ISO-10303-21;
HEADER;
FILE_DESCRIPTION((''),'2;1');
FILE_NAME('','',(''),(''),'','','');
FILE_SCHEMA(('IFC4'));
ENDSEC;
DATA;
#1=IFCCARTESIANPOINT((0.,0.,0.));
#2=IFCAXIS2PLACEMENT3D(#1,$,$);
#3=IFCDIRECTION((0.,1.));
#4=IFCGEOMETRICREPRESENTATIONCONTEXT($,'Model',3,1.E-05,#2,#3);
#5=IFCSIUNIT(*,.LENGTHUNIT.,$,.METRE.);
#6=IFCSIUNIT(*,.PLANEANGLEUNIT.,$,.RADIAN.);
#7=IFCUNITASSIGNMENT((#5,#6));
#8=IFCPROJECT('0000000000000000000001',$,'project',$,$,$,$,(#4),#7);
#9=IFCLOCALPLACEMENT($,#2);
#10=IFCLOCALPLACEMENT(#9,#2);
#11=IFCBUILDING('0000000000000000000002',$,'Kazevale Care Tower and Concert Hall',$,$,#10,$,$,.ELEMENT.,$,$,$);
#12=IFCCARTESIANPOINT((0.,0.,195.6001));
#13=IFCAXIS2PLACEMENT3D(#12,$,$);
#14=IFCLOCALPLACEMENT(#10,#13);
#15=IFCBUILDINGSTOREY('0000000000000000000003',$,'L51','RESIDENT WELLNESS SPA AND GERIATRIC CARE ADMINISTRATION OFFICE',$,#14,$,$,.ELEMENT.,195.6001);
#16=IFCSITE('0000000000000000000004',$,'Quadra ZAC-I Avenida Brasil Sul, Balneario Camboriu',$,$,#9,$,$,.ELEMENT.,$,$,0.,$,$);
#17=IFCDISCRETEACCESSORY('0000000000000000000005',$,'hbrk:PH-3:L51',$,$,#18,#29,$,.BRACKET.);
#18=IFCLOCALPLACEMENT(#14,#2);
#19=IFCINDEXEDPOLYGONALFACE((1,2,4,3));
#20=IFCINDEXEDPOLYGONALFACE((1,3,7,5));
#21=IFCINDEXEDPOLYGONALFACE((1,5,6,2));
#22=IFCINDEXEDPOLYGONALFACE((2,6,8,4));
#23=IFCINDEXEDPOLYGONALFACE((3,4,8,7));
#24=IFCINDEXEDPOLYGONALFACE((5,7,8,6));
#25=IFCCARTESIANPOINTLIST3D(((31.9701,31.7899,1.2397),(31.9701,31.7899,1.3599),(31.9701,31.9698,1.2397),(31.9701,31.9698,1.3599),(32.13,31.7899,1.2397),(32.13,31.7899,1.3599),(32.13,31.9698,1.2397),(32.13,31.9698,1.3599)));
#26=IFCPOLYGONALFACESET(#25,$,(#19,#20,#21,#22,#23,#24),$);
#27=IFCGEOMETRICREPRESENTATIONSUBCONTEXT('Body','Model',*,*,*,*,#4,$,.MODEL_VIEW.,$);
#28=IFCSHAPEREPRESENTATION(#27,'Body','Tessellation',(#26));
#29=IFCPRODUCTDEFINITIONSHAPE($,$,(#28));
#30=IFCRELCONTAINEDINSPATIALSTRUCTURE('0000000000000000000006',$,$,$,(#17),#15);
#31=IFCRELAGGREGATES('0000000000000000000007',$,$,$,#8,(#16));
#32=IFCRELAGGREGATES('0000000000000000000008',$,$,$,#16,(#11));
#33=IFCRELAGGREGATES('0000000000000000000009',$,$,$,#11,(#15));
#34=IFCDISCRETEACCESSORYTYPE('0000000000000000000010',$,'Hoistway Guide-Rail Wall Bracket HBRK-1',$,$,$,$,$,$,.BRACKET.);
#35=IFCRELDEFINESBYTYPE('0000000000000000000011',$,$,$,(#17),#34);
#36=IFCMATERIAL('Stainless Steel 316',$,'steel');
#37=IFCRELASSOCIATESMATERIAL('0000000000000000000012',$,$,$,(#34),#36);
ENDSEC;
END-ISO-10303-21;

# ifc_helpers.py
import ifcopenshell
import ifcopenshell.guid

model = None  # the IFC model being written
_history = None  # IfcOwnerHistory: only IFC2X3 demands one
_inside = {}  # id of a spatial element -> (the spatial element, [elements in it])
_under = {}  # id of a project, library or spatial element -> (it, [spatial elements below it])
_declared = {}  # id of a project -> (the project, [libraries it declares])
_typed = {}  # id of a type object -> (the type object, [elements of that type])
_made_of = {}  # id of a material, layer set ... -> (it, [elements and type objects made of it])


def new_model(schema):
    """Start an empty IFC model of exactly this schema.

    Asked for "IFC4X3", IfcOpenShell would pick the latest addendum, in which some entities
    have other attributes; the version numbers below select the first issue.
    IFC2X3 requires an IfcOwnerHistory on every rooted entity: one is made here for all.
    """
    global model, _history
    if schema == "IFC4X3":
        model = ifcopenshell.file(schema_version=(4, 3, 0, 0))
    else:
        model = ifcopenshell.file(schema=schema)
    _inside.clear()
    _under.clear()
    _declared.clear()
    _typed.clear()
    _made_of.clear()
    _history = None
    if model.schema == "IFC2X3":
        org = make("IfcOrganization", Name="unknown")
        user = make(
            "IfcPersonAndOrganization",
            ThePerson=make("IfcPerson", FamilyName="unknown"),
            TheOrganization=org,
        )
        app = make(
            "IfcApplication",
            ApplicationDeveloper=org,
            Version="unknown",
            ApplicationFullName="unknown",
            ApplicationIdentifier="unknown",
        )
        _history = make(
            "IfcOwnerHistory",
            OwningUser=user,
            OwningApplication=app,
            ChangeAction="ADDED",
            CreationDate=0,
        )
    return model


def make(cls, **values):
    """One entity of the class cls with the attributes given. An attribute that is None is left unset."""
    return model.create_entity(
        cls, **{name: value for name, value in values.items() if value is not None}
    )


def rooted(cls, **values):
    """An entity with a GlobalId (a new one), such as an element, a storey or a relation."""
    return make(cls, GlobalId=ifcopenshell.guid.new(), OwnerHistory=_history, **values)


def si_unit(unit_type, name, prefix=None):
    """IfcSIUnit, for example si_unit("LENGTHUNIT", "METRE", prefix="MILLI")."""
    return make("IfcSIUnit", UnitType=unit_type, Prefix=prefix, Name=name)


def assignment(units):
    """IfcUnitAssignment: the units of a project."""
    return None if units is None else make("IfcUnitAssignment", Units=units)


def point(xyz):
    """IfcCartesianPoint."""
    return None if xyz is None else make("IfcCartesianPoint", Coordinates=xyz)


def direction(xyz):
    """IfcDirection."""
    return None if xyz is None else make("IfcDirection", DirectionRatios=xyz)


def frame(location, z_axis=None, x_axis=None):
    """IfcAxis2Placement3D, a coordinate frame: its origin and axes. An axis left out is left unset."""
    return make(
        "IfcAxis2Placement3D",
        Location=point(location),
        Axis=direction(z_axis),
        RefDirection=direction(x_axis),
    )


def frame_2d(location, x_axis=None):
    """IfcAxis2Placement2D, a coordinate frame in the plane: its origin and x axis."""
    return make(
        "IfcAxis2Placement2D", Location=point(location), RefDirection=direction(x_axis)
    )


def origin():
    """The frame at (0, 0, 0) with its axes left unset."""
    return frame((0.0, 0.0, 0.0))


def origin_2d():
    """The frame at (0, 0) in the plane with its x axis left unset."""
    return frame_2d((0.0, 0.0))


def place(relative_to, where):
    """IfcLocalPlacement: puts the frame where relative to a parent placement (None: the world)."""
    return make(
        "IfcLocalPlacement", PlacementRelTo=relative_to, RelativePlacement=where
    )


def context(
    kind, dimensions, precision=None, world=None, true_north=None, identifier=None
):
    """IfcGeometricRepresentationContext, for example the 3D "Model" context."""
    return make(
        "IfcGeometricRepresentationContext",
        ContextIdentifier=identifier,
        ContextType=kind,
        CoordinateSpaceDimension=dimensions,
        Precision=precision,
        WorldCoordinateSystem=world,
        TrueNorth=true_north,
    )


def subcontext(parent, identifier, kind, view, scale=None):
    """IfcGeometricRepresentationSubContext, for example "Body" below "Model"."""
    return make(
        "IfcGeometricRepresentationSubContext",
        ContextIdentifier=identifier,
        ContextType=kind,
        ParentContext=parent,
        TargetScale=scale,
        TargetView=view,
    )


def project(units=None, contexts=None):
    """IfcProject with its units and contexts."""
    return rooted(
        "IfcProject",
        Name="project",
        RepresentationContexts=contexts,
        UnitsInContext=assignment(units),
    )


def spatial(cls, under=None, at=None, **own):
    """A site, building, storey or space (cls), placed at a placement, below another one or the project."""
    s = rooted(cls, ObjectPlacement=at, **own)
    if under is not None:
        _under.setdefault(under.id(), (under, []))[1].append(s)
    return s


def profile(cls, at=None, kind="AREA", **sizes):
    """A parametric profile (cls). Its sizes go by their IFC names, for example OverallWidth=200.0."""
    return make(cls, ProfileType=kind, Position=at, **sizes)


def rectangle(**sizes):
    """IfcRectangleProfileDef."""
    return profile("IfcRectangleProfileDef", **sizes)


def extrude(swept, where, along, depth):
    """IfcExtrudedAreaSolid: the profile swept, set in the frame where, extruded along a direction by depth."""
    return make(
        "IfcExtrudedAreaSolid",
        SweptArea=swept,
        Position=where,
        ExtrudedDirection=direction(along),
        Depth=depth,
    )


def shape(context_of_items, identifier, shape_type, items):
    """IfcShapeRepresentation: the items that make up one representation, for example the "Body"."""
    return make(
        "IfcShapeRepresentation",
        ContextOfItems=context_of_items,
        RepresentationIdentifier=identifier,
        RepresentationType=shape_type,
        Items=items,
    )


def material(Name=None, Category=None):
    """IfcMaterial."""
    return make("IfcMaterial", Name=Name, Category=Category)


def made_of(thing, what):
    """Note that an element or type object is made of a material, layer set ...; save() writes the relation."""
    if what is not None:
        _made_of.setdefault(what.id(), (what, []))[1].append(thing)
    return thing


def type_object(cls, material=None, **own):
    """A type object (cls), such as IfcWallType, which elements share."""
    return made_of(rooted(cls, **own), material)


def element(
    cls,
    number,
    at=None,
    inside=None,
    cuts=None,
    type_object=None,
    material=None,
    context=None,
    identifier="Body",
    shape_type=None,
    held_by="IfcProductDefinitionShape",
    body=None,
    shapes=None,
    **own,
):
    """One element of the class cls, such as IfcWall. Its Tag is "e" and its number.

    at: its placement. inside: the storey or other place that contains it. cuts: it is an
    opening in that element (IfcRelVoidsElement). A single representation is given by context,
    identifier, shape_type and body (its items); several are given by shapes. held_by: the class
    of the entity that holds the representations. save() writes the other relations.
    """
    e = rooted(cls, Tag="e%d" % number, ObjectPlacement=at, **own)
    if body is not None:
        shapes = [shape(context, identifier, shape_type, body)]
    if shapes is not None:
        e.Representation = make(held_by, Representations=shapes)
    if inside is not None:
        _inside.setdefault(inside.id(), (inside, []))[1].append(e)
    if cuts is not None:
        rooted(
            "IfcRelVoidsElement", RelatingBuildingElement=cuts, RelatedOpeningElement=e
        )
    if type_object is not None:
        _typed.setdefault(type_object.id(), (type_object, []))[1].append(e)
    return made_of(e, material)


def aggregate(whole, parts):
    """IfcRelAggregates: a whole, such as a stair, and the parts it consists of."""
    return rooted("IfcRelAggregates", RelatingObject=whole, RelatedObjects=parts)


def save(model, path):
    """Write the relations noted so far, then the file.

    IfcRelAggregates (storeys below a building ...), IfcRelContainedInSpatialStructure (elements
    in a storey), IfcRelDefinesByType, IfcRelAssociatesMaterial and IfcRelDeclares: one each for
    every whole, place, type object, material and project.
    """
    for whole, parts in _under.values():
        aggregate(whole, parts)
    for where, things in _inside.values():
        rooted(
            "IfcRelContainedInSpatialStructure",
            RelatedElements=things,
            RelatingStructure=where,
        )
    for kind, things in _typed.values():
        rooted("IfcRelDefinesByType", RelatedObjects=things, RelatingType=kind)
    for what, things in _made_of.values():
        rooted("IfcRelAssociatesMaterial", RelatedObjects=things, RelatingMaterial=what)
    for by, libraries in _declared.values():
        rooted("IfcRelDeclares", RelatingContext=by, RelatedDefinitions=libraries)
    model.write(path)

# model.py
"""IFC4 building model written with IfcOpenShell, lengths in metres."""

from ifc_helpers import new_model, si_unit, direction, frame, origin, origin_2d, place, context, subcontext, project, spatial, rectangle, extrude, material, type_object, element, save


model = new_model("IFC4")

# Units and contexts
model_context = context("Model", 3, precision=1e-05, world=origin(), true_north=direction((0.0, 1.0)))
body_context = subcontext(model_context, "Body", "Model", "MODEL_VIEW")
ifc_project = project(units=[si_unit("LENGTHUNIT", "METRE"), si_unit("PLANEANGLEUNIT", "RADIAN")], contexts=[model_context])

# Site, building, storey
site_placement = place(None, origin())
site = spatial("IfcSite", under=ifc_project, at=site_placement, Name="Quadra ZAC-I Avenida Brasil Sul, Balneario Camboriu", CompositionType="ELEMENT", RefElevation=0.0)
building_placement = place(site_placement, origin())
building = spatial("IfcBuilding", under=site, at=building_placement, Name="Kazevale Care Tower and Concert Hall", CompositionType="ELEMENT")
storey_placement = place(building_placement, frame((0.0, 0.0, 195.6001)))
storey = spatial("IfcBuildingStorey", under=building, at=storey_placement, Name="L51", Description="RESIDENT WELLNESS SPA AND GERIATRIC CARE ADMINISTRATION OFFICE", CompositionType="ELEMENT", Elevation=195.6001)

# Shared definitions
ifc_material_1 = material(Name="Stainless Steel 316", Category="steel")

# Discrete accessory
discrete_accessory_type = type_object("IfcDiscreteAccessoryType", Name="Hoistway Guide-Rail Wall Bracket HBRK-1", PredefinedType="BRACKET", material=ifc_material_1)
for number, where, z_axis, x_axis, name in (
    (1, (32.05, 31.8799, 1.2397), (0.0, 0.0, 1.0), (1.0, 0.0, 0.0), "hbrk:PH-3:L51"),
):
    element("IfcDiscreteAccessory", number, at=place(storey_placement, frame(where, z_axis=z_axis, x_axis=x_axis)), inside=storey, type_object=discrete_accessory_type, Name=name, PredefinedType="BRACKET", context=body_context, shape_type="SweptSolid", body=[
        extrude(rectangle(XDim=0.1599, YDim=0.1799, at=origin_2d()), origin(), (0.0, 0.0, 1.0), 0.1201),
    ])

save(model, "model.ifc")
